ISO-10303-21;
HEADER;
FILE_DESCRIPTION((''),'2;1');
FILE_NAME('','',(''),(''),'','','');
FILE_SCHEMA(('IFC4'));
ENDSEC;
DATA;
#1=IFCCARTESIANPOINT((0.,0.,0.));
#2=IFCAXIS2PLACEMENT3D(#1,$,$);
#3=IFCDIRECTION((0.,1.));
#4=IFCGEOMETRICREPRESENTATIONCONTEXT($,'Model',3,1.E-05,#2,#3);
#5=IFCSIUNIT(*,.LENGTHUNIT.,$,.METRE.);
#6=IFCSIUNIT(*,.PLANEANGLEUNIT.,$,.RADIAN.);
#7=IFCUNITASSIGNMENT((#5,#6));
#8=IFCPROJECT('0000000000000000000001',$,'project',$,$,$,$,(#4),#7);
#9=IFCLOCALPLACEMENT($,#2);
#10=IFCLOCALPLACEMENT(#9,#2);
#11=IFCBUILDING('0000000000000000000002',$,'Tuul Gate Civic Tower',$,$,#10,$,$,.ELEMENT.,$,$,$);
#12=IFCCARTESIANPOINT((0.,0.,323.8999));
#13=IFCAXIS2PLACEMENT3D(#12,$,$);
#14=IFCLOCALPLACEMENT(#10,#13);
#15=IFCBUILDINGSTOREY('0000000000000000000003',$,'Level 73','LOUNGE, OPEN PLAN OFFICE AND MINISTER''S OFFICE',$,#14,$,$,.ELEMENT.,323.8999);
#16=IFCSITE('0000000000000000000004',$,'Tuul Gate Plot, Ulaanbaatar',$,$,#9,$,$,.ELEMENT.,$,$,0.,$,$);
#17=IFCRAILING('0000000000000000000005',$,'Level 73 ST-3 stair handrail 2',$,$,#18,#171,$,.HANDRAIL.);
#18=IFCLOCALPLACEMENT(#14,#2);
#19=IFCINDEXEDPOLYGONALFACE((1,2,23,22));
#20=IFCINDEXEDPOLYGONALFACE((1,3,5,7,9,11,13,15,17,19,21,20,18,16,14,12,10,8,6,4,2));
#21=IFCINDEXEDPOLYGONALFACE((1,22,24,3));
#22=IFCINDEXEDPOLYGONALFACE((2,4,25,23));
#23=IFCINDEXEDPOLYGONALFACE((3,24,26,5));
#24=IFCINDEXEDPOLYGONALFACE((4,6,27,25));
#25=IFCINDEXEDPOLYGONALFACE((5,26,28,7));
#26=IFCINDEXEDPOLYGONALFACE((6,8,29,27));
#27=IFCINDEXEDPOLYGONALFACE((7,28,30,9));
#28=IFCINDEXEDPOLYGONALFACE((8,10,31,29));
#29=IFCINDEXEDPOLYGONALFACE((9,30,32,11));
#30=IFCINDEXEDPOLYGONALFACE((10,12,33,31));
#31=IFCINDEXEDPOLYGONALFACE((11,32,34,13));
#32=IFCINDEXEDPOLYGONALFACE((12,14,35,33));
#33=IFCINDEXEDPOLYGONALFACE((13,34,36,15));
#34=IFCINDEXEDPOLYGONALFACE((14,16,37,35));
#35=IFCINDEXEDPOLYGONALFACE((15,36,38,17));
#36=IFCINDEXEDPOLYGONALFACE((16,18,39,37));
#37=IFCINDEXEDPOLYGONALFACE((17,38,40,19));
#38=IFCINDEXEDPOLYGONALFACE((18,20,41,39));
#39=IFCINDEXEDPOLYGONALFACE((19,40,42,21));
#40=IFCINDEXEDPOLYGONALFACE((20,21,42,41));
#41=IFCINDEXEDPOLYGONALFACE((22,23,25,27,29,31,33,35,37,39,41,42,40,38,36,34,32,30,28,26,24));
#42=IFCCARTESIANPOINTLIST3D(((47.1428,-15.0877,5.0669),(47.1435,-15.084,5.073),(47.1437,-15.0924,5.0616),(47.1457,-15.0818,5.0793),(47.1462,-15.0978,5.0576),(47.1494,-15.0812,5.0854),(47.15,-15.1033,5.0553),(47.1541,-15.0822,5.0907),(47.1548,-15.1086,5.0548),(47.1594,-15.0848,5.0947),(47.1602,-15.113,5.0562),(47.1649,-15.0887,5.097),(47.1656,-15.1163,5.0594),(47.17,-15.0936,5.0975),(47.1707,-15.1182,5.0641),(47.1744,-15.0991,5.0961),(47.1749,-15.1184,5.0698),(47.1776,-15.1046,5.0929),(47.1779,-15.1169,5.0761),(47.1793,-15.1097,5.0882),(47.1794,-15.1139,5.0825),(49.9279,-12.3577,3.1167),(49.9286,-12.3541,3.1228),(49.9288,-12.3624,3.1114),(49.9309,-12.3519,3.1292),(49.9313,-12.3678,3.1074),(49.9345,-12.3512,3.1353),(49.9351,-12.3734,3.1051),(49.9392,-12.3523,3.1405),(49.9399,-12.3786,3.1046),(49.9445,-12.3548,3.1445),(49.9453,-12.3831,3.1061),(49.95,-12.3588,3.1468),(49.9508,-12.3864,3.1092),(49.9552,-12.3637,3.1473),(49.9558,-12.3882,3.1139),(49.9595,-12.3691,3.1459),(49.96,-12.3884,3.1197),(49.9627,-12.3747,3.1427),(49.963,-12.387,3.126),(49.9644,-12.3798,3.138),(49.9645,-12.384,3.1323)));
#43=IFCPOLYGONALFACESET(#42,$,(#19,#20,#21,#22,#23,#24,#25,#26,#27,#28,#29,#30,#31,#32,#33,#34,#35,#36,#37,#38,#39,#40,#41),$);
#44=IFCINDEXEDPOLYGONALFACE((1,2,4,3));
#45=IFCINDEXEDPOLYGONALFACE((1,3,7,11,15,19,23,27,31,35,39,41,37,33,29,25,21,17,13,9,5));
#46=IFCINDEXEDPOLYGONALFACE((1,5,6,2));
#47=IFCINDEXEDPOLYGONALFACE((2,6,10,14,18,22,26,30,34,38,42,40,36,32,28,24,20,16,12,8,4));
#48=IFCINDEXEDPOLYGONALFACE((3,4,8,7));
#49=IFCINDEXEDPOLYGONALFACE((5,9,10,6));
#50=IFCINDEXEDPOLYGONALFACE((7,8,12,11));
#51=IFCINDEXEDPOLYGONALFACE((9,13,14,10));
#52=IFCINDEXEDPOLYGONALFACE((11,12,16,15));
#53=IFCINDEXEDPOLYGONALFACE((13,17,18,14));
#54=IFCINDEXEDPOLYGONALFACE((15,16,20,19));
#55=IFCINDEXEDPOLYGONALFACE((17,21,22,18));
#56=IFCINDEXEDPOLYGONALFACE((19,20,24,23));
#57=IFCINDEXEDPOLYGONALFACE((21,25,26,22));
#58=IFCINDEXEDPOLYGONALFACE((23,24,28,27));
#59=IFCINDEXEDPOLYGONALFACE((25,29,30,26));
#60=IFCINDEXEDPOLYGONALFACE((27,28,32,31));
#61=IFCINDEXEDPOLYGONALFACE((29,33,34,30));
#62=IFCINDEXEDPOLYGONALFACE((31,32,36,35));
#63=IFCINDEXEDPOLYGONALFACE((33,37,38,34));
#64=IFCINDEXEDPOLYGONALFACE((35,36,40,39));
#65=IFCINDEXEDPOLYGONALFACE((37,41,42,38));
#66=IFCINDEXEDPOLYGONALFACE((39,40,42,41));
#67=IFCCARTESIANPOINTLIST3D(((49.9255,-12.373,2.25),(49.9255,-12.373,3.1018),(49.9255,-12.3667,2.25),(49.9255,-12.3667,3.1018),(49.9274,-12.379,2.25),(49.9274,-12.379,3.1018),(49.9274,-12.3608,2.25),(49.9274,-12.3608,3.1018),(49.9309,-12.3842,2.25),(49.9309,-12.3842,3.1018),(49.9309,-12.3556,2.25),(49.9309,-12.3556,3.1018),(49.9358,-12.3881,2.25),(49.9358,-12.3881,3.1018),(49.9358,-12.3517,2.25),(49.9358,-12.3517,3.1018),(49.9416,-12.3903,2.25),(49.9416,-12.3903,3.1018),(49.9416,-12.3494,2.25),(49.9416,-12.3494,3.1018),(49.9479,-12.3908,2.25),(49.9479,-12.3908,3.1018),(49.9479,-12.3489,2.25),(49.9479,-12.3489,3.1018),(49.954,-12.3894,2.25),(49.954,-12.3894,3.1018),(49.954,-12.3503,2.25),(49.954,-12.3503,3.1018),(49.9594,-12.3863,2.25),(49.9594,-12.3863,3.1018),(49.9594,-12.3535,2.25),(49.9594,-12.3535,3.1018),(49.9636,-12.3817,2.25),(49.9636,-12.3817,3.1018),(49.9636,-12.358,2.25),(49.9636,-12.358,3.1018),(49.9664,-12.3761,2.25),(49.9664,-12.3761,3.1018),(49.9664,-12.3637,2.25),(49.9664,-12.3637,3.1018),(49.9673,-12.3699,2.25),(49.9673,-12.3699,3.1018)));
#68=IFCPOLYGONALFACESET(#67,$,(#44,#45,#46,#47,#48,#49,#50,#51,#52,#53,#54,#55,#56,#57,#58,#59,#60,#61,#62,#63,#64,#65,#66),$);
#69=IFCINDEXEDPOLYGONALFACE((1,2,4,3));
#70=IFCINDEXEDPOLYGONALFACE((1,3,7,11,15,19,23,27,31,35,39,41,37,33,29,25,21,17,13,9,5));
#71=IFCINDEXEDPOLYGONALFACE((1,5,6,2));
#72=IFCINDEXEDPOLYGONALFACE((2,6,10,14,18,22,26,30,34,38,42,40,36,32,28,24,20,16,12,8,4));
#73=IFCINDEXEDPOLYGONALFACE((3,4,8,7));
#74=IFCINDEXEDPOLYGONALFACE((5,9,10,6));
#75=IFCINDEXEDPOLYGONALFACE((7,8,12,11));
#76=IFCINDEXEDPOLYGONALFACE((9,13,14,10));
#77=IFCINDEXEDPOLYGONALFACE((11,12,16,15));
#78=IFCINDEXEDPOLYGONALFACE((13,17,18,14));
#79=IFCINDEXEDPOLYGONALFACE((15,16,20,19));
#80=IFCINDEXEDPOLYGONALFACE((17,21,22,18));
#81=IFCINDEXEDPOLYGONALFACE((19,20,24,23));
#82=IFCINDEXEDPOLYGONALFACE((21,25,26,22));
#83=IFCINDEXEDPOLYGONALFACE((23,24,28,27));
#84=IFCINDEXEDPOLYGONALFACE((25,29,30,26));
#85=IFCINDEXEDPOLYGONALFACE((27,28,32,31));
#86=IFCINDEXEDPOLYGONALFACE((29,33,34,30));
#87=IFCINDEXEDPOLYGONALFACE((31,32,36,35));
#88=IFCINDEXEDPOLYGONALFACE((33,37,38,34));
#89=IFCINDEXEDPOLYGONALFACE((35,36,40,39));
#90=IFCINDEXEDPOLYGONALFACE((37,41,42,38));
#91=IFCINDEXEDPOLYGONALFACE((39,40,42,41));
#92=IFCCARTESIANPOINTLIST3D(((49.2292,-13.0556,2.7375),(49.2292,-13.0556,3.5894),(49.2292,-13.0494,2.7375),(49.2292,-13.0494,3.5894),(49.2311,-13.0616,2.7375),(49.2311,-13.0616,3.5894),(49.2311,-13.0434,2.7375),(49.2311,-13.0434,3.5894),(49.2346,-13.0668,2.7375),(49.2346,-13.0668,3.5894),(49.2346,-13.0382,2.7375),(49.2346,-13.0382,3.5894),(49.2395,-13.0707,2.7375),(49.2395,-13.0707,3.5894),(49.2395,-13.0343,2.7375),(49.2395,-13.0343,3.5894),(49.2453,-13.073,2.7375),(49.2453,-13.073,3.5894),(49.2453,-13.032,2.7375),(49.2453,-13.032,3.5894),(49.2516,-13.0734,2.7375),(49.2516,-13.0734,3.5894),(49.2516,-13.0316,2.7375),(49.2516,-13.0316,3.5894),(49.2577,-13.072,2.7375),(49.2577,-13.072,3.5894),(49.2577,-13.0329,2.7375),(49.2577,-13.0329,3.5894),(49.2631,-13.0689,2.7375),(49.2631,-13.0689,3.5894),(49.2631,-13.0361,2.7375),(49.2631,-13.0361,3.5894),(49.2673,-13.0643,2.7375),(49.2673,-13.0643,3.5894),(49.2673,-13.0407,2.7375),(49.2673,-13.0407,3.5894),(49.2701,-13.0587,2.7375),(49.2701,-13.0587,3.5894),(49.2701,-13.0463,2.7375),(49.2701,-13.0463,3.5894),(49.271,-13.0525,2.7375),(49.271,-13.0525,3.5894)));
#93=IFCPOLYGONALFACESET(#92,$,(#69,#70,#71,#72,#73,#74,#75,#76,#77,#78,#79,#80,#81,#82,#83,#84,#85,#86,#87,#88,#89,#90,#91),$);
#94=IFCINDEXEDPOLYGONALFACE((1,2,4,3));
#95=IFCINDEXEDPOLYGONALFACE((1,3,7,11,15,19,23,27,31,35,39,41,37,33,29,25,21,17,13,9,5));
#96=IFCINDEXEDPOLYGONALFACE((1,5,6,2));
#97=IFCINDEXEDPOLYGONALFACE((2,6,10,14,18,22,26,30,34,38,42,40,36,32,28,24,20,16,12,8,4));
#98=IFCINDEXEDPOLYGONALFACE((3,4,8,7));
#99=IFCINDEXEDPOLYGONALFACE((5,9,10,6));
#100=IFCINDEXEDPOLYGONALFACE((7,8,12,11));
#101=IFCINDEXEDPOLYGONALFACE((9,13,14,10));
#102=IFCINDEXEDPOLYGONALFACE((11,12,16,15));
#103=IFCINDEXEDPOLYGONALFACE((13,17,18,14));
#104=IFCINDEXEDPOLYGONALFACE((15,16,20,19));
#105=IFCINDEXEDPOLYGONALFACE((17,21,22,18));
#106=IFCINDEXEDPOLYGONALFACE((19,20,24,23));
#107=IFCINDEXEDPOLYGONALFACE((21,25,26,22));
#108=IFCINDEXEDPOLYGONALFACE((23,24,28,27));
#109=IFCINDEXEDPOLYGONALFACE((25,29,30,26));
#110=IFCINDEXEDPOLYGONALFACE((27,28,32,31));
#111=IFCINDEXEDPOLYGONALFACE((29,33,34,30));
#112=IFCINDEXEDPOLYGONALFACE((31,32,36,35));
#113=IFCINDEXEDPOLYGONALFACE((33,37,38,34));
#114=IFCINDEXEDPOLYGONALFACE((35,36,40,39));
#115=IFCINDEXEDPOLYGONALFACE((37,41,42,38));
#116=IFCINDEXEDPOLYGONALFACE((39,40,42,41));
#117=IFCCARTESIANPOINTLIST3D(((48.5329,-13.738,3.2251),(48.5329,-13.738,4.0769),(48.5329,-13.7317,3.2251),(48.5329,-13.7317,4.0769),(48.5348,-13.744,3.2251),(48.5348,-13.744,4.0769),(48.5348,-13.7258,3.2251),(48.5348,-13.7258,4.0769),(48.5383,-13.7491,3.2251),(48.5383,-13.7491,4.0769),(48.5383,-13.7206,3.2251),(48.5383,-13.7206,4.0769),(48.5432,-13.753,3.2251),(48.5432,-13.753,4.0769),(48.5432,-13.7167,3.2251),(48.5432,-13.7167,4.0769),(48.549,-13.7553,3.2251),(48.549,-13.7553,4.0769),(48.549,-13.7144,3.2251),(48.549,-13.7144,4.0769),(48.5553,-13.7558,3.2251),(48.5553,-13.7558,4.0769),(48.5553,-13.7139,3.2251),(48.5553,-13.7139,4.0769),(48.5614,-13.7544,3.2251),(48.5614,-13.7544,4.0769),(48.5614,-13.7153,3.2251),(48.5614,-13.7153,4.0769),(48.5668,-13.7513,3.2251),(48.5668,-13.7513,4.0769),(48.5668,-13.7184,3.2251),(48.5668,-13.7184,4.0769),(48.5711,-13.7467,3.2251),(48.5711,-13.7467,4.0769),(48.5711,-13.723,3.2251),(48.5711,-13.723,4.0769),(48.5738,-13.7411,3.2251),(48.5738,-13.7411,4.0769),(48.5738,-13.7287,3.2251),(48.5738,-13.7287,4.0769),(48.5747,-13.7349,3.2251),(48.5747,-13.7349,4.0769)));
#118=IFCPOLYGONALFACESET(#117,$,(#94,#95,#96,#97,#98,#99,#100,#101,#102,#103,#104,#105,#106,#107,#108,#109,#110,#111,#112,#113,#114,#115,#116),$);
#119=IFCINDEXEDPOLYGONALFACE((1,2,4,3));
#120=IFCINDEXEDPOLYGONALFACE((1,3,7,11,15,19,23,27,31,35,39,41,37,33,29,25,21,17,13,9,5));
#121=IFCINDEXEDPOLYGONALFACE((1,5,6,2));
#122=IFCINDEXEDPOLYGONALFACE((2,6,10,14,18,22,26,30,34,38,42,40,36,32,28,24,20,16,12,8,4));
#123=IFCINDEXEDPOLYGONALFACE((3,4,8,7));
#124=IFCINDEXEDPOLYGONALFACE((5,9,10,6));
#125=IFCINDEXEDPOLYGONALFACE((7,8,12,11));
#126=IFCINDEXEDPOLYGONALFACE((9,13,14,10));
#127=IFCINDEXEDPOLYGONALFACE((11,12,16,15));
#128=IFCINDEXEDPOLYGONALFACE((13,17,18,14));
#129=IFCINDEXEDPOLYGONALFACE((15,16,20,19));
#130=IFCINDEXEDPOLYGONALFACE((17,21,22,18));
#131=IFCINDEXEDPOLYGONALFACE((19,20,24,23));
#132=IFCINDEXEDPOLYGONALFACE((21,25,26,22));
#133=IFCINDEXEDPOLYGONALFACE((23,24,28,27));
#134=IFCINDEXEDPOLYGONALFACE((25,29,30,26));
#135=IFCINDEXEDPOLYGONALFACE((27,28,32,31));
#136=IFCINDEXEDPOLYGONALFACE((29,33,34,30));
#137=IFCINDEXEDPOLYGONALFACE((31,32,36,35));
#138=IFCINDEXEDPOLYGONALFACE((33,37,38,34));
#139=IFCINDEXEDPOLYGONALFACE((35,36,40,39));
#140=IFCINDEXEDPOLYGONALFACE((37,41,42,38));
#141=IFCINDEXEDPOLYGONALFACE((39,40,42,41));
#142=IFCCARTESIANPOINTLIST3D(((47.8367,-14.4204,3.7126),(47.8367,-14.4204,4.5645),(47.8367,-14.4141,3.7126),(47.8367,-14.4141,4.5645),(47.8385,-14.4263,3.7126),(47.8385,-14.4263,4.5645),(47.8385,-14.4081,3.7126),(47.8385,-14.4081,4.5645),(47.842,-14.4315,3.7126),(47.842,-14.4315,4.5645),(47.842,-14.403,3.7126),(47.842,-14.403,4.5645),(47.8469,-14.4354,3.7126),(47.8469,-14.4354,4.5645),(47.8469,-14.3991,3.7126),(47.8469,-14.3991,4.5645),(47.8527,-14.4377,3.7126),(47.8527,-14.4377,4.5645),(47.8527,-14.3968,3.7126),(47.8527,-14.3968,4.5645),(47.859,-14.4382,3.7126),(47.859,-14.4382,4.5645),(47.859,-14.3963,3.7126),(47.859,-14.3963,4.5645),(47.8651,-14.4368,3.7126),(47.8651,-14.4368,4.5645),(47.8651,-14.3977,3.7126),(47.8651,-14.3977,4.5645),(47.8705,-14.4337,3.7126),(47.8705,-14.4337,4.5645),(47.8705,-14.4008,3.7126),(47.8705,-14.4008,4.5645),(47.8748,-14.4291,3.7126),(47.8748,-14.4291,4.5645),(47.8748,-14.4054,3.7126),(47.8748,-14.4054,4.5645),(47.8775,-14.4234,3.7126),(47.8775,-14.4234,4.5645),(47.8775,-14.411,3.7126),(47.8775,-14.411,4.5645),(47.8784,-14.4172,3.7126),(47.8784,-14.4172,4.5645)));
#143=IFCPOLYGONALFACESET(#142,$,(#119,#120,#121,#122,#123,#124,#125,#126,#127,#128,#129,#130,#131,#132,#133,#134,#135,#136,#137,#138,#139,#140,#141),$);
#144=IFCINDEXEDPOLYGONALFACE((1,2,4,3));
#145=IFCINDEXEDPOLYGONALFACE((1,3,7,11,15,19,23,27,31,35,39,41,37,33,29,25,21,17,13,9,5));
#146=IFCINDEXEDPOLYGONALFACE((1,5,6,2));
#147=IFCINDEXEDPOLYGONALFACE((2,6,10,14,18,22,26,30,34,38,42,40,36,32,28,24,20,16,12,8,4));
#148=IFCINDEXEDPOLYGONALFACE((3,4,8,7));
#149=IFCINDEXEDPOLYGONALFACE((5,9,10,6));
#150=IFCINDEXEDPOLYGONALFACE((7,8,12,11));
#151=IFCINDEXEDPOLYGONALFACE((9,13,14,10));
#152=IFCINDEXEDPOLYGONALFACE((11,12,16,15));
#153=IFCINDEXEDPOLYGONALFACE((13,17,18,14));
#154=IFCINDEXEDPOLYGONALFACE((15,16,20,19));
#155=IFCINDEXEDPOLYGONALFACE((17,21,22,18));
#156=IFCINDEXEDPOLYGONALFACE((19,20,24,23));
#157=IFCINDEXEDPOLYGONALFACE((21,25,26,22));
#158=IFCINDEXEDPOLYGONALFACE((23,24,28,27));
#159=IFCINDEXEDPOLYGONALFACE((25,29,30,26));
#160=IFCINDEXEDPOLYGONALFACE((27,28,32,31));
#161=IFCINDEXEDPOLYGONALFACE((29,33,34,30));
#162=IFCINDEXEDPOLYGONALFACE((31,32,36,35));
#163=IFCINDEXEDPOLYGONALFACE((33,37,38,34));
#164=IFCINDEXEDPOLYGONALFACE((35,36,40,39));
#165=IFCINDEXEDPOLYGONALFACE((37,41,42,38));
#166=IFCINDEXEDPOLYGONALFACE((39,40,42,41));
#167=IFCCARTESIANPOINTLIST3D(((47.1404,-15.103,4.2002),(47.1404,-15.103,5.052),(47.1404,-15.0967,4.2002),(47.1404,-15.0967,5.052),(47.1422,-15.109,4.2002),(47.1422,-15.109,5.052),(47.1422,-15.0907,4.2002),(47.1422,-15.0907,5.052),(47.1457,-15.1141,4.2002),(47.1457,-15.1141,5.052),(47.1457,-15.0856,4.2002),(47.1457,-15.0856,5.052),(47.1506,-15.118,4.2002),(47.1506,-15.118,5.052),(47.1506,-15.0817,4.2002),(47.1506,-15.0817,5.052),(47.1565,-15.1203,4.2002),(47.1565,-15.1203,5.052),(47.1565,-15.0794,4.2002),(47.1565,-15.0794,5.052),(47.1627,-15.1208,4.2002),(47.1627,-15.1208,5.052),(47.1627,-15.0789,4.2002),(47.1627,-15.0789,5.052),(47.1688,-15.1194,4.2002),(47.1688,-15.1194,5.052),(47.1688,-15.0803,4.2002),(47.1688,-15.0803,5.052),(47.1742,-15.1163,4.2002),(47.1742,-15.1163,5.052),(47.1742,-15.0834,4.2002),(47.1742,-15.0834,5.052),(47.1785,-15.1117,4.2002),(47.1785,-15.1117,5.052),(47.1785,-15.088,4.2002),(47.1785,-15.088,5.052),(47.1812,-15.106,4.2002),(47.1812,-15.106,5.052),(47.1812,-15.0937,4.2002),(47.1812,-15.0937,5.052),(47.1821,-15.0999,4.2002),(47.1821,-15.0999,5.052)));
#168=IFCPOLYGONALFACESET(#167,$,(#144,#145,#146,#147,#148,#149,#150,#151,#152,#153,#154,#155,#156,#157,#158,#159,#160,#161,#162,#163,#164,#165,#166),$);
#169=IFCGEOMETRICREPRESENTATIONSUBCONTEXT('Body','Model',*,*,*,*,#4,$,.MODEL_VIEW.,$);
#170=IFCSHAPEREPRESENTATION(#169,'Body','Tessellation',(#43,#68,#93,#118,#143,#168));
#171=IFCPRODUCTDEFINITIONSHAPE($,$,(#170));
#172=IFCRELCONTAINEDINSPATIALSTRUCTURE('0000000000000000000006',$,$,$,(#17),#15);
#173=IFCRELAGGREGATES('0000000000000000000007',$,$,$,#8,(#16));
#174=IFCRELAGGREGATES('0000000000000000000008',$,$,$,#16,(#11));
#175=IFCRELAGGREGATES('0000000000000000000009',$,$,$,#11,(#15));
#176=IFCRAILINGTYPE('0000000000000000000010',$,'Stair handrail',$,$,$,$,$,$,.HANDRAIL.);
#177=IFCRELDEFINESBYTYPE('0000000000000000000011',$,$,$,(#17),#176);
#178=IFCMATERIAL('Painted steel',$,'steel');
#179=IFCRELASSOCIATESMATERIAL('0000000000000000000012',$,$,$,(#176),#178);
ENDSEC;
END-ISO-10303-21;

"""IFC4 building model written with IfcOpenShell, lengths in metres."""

from ifc_helpers import new_model, si_unit, direction, frame, origin, origin_2d, place, context, subcontext, project, spatial, circle, extrude, material, type_object, element, save


model = new_model("IFC4")

# Units and contexts
model_context = context("Model", 3, precision=1e-05, world=origin(), true_north=direction((0.0, 1.0)))
body_context = subcontext(model_context, "Body", "Model", "MODEL_VIEW")
ifc_project = project(units=[si_unit("LENGTHUNIT", "METRE"), si_unit("PLANEANGLEUNIT", "RADIAN")], contexts=[model_context])

# Site, building, storey
site_placement = place(None, origin())
site = spatial("IfcSite", under=ifc_project, at=site_placement, Name="Tuul Gate Plot, Ulaanbaatar", CompositionType="ELEMENT", RefElevation=0.0)
building_placement = place(site_placement, origin())
building = spatial("IfcBuilding", under=site, at=building_placement, Name="Tuul Gate Civic Tower", CompositionType="ELEMENT")
storey_placement = place(building_placement, frame((0.0, 0.0, 323.8999)))
storey = spatial("IfcBuildingStorey", under=building, at=storey_placement, Name="Level 73", Description="LOUNGE, OPEN PLAN OFFICE AND MINISTER'S OFFICE", CompositionType="ELEMENT", Elevation=323.8999)

# Railing
ifc_material_1 = material(Name="Painted steel", Category="steel")
railing_type_1 = type_object("IfcRailingType", Name="Stair handrail", PredefinedType="HANDRAIL", material=ifc_material_1)
railing_1_placement = place(storey_placement, frame((49.9463, -12.3699, 2.25)))
element("IfcRailing", 1, at=railing_1_placement, inside=storey, type_object=railing_type_1, Name="Level 73 ST-3 stair handrail 2", PredefinedType="HANDRAIL", context=body_context, shape_type="SweptSolid", body=[
    extrude(circle(Radius=0.0239, at=origin_2d()), frame((0.0, 0.0, 0.876), z_axis=(-0.638738, -0.626084, 0.447251), x_axis=(0.699998, -0.714145, 0.0)), (0.0, 0.0, 1.0), 4.3604),
    extrude(circle(Radius=0.021, at=origin_2d()), origin(), (0.0, 0.0, 1.0), 0.8518),
    extrude(circle(Radius=0.021, at=origin_2d()), frame((-0.6963, -0.6826, 0.4875)), (0.0, 0.0, 1.0), 0.8518),
    extrude(circle(Radius=0.021, at=origin_2d()), frame((-1.3926, -1.365, 0.9751)), (0.0, 0.0, 1.0), 0.8518),
    extrude(circle(Radius=0.021, at=origin_2d()), frame((-2.0889, -2.0474, 1.4626)), (0.0, 0.0, 1.0), 0.8518),
    extrude(circle(Radius=0.021, at=origin_2d()), frame((-2.7852, -2.73, 1.9502)), (0.0, 0.0, 1.0), 0.8518),
])

save(model, "model.ifc")
